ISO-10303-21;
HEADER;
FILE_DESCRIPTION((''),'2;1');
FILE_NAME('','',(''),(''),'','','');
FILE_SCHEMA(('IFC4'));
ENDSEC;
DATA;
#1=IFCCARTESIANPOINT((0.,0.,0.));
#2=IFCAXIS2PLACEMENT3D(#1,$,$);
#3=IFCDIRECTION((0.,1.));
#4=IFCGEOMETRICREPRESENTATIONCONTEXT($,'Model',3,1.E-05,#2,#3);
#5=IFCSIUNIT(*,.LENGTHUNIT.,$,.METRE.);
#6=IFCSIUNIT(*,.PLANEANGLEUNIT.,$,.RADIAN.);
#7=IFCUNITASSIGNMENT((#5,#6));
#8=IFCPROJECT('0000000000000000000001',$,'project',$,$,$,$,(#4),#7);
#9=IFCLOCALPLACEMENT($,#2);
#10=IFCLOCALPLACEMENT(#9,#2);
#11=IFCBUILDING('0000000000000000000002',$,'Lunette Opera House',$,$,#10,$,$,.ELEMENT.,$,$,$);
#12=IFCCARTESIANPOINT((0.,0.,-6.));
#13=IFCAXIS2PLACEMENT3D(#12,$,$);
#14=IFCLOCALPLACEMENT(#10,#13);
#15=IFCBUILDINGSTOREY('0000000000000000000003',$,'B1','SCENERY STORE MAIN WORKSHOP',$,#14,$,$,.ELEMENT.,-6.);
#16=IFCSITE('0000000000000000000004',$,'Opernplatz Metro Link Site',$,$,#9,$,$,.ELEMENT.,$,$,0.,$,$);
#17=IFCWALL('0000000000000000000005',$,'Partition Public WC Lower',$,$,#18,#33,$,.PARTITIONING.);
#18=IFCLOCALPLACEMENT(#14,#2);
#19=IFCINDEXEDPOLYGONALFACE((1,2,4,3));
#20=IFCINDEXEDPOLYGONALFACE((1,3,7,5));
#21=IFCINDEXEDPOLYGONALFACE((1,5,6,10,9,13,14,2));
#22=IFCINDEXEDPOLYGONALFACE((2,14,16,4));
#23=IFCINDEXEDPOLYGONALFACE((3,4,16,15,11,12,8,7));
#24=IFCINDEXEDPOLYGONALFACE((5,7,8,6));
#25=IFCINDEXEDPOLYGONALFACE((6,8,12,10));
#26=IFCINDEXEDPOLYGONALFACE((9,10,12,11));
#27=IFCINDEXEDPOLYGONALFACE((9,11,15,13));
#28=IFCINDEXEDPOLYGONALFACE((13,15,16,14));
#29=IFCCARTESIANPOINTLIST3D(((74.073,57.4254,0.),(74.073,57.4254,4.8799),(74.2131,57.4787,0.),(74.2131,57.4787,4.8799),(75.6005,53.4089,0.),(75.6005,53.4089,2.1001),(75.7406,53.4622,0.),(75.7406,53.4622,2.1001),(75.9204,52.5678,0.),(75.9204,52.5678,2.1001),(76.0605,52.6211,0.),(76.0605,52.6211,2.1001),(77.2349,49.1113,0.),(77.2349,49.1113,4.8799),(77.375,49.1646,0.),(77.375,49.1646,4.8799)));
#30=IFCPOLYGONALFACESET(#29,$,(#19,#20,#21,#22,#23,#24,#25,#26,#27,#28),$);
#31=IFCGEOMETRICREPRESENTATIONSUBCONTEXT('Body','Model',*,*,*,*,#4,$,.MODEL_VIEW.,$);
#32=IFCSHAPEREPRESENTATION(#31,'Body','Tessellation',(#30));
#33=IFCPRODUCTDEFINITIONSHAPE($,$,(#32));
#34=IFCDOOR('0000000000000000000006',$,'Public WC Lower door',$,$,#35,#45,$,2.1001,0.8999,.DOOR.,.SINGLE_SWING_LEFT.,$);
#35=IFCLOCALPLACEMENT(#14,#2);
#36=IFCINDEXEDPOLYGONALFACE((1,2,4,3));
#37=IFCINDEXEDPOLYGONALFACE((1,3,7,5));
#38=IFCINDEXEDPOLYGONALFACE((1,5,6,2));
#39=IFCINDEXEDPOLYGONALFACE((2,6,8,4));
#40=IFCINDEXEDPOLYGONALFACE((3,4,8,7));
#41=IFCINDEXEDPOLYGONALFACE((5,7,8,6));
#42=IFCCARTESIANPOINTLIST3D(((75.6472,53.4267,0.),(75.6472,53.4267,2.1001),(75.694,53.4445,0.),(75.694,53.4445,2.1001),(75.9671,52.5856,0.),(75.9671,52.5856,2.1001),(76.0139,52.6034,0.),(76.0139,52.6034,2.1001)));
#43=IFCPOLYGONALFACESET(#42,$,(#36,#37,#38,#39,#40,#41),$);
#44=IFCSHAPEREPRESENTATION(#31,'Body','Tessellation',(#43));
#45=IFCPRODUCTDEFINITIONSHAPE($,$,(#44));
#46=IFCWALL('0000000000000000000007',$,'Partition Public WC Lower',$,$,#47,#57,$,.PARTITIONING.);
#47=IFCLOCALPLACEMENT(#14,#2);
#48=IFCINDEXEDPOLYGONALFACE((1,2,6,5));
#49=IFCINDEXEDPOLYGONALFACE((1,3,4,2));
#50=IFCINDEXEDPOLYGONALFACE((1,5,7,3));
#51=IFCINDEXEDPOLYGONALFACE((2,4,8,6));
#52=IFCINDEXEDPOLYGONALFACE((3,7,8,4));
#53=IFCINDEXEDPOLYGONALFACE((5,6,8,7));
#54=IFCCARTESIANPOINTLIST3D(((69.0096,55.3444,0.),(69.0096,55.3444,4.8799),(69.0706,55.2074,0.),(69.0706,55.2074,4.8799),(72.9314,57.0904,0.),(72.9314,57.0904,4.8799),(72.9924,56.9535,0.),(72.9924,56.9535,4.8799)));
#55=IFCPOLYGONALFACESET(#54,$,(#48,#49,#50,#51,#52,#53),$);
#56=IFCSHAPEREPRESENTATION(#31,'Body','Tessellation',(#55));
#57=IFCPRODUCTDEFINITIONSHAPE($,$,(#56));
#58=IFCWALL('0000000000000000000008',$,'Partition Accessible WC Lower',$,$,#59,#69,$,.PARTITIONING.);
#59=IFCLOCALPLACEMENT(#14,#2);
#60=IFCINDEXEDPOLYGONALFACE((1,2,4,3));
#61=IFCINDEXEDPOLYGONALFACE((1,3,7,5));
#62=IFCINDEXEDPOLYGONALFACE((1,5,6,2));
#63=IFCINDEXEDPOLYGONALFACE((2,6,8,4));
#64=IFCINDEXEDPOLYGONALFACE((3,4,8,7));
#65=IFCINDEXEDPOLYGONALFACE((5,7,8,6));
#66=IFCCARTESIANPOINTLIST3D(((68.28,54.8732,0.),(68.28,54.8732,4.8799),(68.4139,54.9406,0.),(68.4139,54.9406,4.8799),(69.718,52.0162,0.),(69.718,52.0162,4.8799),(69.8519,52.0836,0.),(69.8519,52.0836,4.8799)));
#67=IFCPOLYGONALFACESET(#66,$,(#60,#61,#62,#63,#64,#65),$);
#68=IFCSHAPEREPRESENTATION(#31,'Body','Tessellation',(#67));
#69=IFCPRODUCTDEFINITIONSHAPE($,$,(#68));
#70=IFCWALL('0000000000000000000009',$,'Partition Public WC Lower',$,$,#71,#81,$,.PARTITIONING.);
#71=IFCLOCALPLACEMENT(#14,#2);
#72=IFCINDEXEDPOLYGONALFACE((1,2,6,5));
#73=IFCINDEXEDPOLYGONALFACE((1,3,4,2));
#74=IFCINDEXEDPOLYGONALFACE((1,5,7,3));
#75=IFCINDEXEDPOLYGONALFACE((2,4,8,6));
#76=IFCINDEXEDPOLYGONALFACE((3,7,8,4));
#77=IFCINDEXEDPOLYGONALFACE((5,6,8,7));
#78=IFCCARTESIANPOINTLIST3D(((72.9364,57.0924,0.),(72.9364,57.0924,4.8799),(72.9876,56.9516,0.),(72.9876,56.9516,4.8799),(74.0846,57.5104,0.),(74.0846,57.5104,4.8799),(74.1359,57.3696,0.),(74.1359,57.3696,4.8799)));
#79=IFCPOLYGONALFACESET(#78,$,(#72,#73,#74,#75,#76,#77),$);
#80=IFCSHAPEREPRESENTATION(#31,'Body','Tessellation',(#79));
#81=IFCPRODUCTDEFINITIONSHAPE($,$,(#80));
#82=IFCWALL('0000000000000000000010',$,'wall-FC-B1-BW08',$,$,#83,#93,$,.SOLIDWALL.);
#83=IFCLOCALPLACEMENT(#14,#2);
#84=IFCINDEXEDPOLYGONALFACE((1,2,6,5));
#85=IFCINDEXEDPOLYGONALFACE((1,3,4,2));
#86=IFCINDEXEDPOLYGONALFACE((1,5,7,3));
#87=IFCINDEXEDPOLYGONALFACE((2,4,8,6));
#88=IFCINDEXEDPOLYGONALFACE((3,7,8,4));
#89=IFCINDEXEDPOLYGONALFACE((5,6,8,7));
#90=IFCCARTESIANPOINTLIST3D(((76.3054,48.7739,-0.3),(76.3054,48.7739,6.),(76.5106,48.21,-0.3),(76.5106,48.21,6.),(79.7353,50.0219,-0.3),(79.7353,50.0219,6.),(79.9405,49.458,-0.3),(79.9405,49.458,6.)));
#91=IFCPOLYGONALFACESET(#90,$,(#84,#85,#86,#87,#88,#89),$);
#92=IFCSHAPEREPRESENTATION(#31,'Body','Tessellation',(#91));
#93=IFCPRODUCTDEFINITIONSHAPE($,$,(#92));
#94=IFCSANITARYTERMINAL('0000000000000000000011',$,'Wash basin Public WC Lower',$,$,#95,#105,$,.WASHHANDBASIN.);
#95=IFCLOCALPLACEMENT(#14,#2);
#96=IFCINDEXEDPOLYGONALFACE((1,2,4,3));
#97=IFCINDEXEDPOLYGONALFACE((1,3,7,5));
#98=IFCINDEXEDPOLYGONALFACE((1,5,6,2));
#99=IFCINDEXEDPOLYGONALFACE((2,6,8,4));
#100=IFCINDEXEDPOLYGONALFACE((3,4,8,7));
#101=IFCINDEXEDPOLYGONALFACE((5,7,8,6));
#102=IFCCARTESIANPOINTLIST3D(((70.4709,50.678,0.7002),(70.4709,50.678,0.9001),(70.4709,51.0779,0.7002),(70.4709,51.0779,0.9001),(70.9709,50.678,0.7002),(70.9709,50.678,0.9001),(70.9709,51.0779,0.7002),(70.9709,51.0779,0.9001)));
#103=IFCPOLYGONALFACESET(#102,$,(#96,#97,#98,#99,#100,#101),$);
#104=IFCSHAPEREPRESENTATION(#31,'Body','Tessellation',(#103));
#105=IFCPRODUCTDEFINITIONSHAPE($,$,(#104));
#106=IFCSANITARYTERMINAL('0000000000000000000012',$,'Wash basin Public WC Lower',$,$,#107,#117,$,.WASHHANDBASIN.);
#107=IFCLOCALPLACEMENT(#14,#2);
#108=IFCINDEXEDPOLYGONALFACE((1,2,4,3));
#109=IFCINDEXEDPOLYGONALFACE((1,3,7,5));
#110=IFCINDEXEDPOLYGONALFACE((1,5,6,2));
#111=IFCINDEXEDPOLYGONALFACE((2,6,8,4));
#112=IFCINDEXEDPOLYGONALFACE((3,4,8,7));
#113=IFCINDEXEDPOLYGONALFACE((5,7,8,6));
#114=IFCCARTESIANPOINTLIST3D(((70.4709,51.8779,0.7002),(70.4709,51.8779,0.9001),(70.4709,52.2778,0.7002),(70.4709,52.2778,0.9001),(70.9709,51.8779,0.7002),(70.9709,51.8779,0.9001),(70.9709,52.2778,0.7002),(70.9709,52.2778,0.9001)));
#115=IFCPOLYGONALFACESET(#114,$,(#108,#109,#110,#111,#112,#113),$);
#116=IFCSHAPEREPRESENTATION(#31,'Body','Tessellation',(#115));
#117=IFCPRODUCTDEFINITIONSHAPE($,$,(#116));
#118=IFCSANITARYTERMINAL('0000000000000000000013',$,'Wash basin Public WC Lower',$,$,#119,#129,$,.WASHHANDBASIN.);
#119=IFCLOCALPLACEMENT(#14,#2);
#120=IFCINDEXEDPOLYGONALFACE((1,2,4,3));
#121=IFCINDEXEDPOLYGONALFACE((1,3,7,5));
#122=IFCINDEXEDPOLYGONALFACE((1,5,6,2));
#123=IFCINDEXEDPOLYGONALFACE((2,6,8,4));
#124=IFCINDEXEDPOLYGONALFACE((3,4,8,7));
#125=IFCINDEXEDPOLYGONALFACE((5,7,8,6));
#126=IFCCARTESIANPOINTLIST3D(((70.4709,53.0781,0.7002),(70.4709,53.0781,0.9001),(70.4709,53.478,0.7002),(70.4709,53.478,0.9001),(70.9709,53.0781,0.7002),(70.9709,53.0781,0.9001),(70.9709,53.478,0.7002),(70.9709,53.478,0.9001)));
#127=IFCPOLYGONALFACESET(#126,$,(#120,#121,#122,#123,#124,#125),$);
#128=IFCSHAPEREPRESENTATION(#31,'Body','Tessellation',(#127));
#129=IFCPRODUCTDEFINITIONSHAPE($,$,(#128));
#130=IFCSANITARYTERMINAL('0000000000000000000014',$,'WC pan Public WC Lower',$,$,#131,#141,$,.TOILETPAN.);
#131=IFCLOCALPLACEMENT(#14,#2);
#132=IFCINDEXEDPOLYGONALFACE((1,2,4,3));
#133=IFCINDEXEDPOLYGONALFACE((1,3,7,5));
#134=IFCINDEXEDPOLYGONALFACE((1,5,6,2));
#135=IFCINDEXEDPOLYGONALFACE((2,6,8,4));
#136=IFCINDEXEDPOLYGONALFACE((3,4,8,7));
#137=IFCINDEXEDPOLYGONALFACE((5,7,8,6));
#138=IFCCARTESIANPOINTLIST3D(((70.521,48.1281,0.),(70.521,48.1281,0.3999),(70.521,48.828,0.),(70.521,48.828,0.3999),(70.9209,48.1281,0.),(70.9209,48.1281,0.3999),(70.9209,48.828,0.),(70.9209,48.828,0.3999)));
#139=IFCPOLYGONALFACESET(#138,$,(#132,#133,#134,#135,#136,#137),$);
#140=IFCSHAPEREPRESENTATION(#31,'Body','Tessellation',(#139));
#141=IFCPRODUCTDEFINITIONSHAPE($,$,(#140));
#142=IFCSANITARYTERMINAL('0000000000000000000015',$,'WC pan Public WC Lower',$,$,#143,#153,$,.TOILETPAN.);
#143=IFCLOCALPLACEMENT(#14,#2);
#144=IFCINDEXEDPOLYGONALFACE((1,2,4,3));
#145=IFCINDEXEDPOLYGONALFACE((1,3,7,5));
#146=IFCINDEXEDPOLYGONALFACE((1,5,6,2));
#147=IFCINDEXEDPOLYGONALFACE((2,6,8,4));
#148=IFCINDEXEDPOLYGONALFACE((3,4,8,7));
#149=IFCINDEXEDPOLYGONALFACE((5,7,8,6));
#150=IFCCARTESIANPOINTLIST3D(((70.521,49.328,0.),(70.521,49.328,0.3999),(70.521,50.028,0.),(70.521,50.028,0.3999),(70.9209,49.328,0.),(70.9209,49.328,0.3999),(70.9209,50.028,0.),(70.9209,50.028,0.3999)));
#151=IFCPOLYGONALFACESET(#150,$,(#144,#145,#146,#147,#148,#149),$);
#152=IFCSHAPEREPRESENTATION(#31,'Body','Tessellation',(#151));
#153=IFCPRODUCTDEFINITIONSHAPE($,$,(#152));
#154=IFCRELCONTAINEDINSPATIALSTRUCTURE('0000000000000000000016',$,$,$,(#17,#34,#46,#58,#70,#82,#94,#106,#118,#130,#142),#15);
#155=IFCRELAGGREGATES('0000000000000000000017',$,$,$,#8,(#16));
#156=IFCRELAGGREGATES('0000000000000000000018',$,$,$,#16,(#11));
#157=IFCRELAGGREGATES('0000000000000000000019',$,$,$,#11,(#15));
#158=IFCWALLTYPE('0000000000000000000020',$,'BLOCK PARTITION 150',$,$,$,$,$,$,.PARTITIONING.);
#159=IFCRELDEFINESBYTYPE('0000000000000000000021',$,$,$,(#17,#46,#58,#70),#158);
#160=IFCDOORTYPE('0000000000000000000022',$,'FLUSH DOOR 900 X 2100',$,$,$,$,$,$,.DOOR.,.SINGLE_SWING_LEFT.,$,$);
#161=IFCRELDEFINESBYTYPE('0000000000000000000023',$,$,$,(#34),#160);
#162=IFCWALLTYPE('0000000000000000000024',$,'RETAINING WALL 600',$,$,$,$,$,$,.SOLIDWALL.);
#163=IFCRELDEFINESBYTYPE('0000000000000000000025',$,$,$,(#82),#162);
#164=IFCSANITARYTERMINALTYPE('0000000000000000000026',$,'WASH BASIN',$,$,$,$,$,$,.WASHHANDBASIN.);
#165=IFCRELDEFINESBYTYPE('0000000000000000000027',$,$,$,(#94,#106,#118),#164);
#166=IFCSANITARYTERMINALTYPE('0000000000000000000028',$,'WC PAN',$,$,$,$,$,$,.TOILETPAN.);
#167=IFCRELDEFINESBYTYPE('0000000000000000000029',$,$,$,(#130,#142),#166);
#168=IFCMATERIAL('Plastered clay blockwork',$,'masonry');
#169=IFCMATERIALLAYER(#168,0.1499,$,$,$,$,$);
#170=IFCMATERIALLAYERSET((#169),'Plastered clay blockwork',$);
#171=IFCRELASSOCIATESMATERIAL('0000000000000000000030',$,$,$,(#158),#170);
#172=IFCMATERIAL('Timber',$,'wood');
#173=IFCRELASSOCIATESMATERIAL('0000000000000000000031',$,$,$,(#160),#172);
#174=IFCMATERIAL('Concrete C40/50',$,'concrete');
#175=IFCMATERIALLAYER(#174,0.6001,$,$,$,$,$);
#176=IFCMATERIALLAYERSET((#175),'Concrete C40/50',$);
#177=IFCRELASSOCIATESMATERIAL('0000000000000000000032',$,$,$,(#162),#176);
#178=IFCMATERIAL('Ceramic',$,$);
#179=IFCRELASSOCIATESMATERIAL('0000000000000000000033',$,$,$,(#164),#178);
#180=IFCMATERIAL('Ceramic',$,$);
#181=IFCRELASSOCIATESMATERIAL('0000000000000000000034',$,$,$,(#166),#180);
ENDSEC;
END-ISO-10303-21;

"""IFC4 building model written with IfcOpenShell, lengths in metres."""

from ifc_helpers import new_model, si_unit, direction, frame, frame_2d, origin, origin_2d, place, context, subcontext, project, spatial, rectangle, extrude, material, layer, layer_set, type_object, element, fill, save


model = new_model("IFC4")

# Units and contexts
model_context = context("Model", 3, precision=1e-05, world=origin(), true_north=direction((0.0, 1.0)))
body_context = subcontext(model_context, "Body", "Model", "MODEL_VIEW")
ifc_project = project(units=[si_unit("LENGTHUNIT", "METRE"), si_unit("PLANEANGLEUNIT", "RADIAN")], contexts=[model_context])

# Site, building, storey
site_placement = place(None, origin())
site = spatial("IfcSite", under=ifc_project, at=site_placement, Name="Opernplatz Metro Link Site", CompositionType="ELEMENT", RefElevation=0.0)
building_placement = place(site_placement, origin())
building = spatial("IfcBuilding", under=site, at=building_placement, Name="Lunette Opera House", CompositionType="ELEMENT")
storey_placement = place(building_placement, frame((0.0, 0.0, -6.0)))
storey = spatial("IfcBuildingStorey", under=building, at=storey_placement, Name="B1", Description="SCENERY STORE MAIN WORKSHOP", CompositionType="ELEMENT", Elevation=-6.0)

# Wall, opening, door
ifc_material_1 = material(Name="Plastered clay blockwork", Category="masonry")
ifc_layer_1 = layer(ifc_material_1, 0.1499)
ifc_layer_set_1 = layer_set([ifc_layer_1], Name="Plastered clay blockwork")
wall_type_1 = type_object("IfcWallType", Name="BLOCK PARTITION 150", PredefinedType="PARTITIONING", material=ifc_layer_set_1)
wall_1_placement = place(storey_placement, frame((77.3049, 49.1379, 0.0), z_axis=(0.0, 0.0, 1.0), x_axis=(-0.355469, 0.934688, 0.0)))
wall_1 = element("IfcWall", 1, at=wall_1_placement, inside=storey, type_object=wall_type_1, Name="Partition Public WC Lower", PredefinedType="PARTITIONING", context=body_context, shape_type="SweptSolid", body=[
    extrude(rectangle(XDim=8.895, YDim=0.1499, at=frame_2d((4.4475, 0.0))), origin(), (0.0, 0.0, 1.0), 4.8799),
])
opening_placement = place(wall_1_placement, frame((3.698, 0.0, 0.0)))
opening = element("IfcOpeningElement", 2, at=opening_placement, cuts=wall_1, PredefinedType="OPENING", context=body_context, shape_type="SweptSolid", body=[
    extrude(rectangle(XDim=0.8999, YDim=2.1001, at=frame_2d((0.45, 1.05))), frame((0.0, 0.0869, 0.0), z_axis=(0.0, -1.0, 0.0), x_axis=(1.0, 0.0, 0.0)), (0.0, 0.0, 1.0), 0.1738),
])
ifc_material_2 = material(Name="Timber", Category="wood")
door_type = type_object("IfcDoorType", Name="FLUSH DOOR 900 X 2100", OperationType="SINGLE_SWING_LEFT", PredefinedType="DOOR", material=ifc_material_2)
door_placement = place(opening_placement, origin())
door = element("IfcDoor", 3, at=door_placement, inside=storey, type_object=door_type, Name="Public WC Lower door", OperationType="SINGLE_SWING_LEFT", OverallHeight=2.1001, OverallWidth=0.8999, PredefinedType="DOOR", context=body_context, shape_type="SweptSolid", body=[
    extrude(rectangle(XDim=0.8999, YDim=2.1001, at=frame_2d((0.45, 1.05))), frame((0.0, 0.0249, 0.0), z_axis=(0.0, -1.0, 0.0), x_axis=(1.0, 0.0, 0.0)), (0.0, 0.0, 1.0), 0.05),
])
fill(opening, door)

# Walls
wall_2_placement = place(storey_placement, frame((72.9619, 57.022, 0.0), z_axis=(0.0, 0.0, 1.0), x_axis=(-0.913549, -0.406729, 0.0)))
element("IfcWall", 4, at=wall_2_placement, inside=storey, type_object=wall_type_1, Name="Partition Public WC Lower", PredefinedType="PARTITIONING", context=body_context, shape_type="SweptSolid", body=[
    extrude(rectangle(XDim=4.293, YDim=0.1499, at=frame_2d((2.1465, 0.0))), origin(), (0.0, 0.0, 1.0), 4.8799),
])
wall_3_placement = place(storey_placement, frame((69.7849, 52.05, 0.0), z_axis=(0.0, 0.0, 1.0), x_axis=(-0.449594, 0.893233, 0.0)))
element("IfcWall", 5, at=wall_3_placement, inside=storey, type_object=wall_type_1, Name="Partition Accessible WC Lower", PredefinedType="PARTITIONING", context=body_context, shape_type="SweptSolid", body=[
    extrude(rectangle(XDim=3.1985, YDim=0.1499, at=frame_2d((1.5991, 0.0))), origin(), (0.0, 0.0, 1.0), 4.8799),
])
wall_4_placement = place(storey_placement, frame((74.1101, 57.4399, 0.0), z_axis=(0.0, 0.0, 1.0), x_axis=(-0.939677, -0.342064, 0.0)))
element("IfcWall", 6, at=wall_4_placement, inside=storey, type_object=wall_type_1, Name="Partition Public WC Lower", PredefinedType="PARTITIONING", context=body_context, shape_type="SweptSolid", body=[
    extrude(rectangle(XDim=1.2219, YDim=0.1499, at=frame_2d((0.6108, 0.0))), origin(), (0.0, 0.0, 1.0), 4.8799),
])
ifc_material_3 = material(Name="Concrete C40/50", Category="concrete")
ifc_layer_2 = layer(ifc_material_3, 0.6001)
ifc_layer_set_2 = layer_set([ifc_layer_2], Name="Concrete C40/50")
wall_type_2 = type_object("IfcWallType", Name="RETAINING WALL 600", PredefinedType="SOLIDWALL", material=ifc_layer_set_2)
wall_5_placement = place(storey_placement, frame((76.408, 48.4919, -0.3), z_axis=(0.0, 0.0, 1.0), x_axis=(0.939723, 0.341936, 0.0)))
element("IfcWall", 7, at=wall_5_placement, inside=storey, type_object=wall_type_2, Name="wall-FC-B1-BW08", PredefinedType="SOLIDWALL", context=body_context, shape_type="SweptSolid", body=[
    extrude(rectangle(XDim=3.6499, YDim=0.6001, at=frame_2d((1.825, 0.0))), origin(), (0.0, 0.0, 1.0), 6.3),
])

# Sanitary terminals
ifc_material_4 = material(Name="Ceramic")
sanitary_terminal_type_1 = type_object("IfcSanitaryTerminalType", Name="WASH BASIN", PredefinedType="WASHHANDBASIN", material=ifc_material_4)
for number, where, z_axis, x_axis, name in (
    (8, (70.7209, 50.8779, 0.7002), (0.0, 0.0, 1.0), (1.0, 0.0, 0.0), "Wash basin Public WC Lower"),
    (9, (70.7209, 52.0779, 0.7002), (0.0, 0.0, 1.0), (1.0, 0.0, 0.0), "Wash basin Public WC Lower"),
    (10, (70.7209, 53.2781, 0.7002), (0.0, 0.0, 1.0), (1.0, 0.0, 0.0), "Wash basin Public WC Lower"),
):
    element("IfcSanitaryTerminal", number, at=place(storey_placement, frame(where, z_axis=z_axis, x_axis=x_axis)), inside=storey, type_object=sanitary_terminal_type_1, Name=name, PredefinedType="WASHHANDBASIN", context=body_context, shape_type="SweptSolid", body=[
        extrude(rectangle(XDim=0.5, YDim=0.3999, at=origin_2d()), origin(), (0.0, 0.0, 1.0), 0.2),
    ])
ifc_material_5 = material(Name="Ceramic")
sanitary_terminal_type_2 = type_object("IfcSanitaryTerminalType", Name="WC PAN", PredefinedType="TOILETPAN", material=ifc_material_5)
for number, where, z_axis, x_axis, name in (
    (11, (70.7209, 48.478, 0.0), (0.0, 0.0, 1.0), (1.0, 0.0, 0.0), "WC pan Public WC Lower"),
    (12, (70.7209, 49.678, 0.0), (0.0, 0.0, 1.0), (1.0, 0.0, 0.0), "WC pan Public WC Lower"),
):
    element("IfcSanitaryTerminal", number, at=place(storey_placement, frame(where, z_axis=z_axis, x_axis=x_axis)), inside=storey, type_object=sanitary_terminal_type_2, Name=name, PredefinedType="TOILETPAN", context=body_context, shape_type="SweptSolid", body=[
        extrude(rectangle(XDim=0.3999, YDim=0.7, at=origin_2d()), origin(), (0.0, 0.0, 1.0), 0.3999),
    ])

save(model, "model.ifc")
